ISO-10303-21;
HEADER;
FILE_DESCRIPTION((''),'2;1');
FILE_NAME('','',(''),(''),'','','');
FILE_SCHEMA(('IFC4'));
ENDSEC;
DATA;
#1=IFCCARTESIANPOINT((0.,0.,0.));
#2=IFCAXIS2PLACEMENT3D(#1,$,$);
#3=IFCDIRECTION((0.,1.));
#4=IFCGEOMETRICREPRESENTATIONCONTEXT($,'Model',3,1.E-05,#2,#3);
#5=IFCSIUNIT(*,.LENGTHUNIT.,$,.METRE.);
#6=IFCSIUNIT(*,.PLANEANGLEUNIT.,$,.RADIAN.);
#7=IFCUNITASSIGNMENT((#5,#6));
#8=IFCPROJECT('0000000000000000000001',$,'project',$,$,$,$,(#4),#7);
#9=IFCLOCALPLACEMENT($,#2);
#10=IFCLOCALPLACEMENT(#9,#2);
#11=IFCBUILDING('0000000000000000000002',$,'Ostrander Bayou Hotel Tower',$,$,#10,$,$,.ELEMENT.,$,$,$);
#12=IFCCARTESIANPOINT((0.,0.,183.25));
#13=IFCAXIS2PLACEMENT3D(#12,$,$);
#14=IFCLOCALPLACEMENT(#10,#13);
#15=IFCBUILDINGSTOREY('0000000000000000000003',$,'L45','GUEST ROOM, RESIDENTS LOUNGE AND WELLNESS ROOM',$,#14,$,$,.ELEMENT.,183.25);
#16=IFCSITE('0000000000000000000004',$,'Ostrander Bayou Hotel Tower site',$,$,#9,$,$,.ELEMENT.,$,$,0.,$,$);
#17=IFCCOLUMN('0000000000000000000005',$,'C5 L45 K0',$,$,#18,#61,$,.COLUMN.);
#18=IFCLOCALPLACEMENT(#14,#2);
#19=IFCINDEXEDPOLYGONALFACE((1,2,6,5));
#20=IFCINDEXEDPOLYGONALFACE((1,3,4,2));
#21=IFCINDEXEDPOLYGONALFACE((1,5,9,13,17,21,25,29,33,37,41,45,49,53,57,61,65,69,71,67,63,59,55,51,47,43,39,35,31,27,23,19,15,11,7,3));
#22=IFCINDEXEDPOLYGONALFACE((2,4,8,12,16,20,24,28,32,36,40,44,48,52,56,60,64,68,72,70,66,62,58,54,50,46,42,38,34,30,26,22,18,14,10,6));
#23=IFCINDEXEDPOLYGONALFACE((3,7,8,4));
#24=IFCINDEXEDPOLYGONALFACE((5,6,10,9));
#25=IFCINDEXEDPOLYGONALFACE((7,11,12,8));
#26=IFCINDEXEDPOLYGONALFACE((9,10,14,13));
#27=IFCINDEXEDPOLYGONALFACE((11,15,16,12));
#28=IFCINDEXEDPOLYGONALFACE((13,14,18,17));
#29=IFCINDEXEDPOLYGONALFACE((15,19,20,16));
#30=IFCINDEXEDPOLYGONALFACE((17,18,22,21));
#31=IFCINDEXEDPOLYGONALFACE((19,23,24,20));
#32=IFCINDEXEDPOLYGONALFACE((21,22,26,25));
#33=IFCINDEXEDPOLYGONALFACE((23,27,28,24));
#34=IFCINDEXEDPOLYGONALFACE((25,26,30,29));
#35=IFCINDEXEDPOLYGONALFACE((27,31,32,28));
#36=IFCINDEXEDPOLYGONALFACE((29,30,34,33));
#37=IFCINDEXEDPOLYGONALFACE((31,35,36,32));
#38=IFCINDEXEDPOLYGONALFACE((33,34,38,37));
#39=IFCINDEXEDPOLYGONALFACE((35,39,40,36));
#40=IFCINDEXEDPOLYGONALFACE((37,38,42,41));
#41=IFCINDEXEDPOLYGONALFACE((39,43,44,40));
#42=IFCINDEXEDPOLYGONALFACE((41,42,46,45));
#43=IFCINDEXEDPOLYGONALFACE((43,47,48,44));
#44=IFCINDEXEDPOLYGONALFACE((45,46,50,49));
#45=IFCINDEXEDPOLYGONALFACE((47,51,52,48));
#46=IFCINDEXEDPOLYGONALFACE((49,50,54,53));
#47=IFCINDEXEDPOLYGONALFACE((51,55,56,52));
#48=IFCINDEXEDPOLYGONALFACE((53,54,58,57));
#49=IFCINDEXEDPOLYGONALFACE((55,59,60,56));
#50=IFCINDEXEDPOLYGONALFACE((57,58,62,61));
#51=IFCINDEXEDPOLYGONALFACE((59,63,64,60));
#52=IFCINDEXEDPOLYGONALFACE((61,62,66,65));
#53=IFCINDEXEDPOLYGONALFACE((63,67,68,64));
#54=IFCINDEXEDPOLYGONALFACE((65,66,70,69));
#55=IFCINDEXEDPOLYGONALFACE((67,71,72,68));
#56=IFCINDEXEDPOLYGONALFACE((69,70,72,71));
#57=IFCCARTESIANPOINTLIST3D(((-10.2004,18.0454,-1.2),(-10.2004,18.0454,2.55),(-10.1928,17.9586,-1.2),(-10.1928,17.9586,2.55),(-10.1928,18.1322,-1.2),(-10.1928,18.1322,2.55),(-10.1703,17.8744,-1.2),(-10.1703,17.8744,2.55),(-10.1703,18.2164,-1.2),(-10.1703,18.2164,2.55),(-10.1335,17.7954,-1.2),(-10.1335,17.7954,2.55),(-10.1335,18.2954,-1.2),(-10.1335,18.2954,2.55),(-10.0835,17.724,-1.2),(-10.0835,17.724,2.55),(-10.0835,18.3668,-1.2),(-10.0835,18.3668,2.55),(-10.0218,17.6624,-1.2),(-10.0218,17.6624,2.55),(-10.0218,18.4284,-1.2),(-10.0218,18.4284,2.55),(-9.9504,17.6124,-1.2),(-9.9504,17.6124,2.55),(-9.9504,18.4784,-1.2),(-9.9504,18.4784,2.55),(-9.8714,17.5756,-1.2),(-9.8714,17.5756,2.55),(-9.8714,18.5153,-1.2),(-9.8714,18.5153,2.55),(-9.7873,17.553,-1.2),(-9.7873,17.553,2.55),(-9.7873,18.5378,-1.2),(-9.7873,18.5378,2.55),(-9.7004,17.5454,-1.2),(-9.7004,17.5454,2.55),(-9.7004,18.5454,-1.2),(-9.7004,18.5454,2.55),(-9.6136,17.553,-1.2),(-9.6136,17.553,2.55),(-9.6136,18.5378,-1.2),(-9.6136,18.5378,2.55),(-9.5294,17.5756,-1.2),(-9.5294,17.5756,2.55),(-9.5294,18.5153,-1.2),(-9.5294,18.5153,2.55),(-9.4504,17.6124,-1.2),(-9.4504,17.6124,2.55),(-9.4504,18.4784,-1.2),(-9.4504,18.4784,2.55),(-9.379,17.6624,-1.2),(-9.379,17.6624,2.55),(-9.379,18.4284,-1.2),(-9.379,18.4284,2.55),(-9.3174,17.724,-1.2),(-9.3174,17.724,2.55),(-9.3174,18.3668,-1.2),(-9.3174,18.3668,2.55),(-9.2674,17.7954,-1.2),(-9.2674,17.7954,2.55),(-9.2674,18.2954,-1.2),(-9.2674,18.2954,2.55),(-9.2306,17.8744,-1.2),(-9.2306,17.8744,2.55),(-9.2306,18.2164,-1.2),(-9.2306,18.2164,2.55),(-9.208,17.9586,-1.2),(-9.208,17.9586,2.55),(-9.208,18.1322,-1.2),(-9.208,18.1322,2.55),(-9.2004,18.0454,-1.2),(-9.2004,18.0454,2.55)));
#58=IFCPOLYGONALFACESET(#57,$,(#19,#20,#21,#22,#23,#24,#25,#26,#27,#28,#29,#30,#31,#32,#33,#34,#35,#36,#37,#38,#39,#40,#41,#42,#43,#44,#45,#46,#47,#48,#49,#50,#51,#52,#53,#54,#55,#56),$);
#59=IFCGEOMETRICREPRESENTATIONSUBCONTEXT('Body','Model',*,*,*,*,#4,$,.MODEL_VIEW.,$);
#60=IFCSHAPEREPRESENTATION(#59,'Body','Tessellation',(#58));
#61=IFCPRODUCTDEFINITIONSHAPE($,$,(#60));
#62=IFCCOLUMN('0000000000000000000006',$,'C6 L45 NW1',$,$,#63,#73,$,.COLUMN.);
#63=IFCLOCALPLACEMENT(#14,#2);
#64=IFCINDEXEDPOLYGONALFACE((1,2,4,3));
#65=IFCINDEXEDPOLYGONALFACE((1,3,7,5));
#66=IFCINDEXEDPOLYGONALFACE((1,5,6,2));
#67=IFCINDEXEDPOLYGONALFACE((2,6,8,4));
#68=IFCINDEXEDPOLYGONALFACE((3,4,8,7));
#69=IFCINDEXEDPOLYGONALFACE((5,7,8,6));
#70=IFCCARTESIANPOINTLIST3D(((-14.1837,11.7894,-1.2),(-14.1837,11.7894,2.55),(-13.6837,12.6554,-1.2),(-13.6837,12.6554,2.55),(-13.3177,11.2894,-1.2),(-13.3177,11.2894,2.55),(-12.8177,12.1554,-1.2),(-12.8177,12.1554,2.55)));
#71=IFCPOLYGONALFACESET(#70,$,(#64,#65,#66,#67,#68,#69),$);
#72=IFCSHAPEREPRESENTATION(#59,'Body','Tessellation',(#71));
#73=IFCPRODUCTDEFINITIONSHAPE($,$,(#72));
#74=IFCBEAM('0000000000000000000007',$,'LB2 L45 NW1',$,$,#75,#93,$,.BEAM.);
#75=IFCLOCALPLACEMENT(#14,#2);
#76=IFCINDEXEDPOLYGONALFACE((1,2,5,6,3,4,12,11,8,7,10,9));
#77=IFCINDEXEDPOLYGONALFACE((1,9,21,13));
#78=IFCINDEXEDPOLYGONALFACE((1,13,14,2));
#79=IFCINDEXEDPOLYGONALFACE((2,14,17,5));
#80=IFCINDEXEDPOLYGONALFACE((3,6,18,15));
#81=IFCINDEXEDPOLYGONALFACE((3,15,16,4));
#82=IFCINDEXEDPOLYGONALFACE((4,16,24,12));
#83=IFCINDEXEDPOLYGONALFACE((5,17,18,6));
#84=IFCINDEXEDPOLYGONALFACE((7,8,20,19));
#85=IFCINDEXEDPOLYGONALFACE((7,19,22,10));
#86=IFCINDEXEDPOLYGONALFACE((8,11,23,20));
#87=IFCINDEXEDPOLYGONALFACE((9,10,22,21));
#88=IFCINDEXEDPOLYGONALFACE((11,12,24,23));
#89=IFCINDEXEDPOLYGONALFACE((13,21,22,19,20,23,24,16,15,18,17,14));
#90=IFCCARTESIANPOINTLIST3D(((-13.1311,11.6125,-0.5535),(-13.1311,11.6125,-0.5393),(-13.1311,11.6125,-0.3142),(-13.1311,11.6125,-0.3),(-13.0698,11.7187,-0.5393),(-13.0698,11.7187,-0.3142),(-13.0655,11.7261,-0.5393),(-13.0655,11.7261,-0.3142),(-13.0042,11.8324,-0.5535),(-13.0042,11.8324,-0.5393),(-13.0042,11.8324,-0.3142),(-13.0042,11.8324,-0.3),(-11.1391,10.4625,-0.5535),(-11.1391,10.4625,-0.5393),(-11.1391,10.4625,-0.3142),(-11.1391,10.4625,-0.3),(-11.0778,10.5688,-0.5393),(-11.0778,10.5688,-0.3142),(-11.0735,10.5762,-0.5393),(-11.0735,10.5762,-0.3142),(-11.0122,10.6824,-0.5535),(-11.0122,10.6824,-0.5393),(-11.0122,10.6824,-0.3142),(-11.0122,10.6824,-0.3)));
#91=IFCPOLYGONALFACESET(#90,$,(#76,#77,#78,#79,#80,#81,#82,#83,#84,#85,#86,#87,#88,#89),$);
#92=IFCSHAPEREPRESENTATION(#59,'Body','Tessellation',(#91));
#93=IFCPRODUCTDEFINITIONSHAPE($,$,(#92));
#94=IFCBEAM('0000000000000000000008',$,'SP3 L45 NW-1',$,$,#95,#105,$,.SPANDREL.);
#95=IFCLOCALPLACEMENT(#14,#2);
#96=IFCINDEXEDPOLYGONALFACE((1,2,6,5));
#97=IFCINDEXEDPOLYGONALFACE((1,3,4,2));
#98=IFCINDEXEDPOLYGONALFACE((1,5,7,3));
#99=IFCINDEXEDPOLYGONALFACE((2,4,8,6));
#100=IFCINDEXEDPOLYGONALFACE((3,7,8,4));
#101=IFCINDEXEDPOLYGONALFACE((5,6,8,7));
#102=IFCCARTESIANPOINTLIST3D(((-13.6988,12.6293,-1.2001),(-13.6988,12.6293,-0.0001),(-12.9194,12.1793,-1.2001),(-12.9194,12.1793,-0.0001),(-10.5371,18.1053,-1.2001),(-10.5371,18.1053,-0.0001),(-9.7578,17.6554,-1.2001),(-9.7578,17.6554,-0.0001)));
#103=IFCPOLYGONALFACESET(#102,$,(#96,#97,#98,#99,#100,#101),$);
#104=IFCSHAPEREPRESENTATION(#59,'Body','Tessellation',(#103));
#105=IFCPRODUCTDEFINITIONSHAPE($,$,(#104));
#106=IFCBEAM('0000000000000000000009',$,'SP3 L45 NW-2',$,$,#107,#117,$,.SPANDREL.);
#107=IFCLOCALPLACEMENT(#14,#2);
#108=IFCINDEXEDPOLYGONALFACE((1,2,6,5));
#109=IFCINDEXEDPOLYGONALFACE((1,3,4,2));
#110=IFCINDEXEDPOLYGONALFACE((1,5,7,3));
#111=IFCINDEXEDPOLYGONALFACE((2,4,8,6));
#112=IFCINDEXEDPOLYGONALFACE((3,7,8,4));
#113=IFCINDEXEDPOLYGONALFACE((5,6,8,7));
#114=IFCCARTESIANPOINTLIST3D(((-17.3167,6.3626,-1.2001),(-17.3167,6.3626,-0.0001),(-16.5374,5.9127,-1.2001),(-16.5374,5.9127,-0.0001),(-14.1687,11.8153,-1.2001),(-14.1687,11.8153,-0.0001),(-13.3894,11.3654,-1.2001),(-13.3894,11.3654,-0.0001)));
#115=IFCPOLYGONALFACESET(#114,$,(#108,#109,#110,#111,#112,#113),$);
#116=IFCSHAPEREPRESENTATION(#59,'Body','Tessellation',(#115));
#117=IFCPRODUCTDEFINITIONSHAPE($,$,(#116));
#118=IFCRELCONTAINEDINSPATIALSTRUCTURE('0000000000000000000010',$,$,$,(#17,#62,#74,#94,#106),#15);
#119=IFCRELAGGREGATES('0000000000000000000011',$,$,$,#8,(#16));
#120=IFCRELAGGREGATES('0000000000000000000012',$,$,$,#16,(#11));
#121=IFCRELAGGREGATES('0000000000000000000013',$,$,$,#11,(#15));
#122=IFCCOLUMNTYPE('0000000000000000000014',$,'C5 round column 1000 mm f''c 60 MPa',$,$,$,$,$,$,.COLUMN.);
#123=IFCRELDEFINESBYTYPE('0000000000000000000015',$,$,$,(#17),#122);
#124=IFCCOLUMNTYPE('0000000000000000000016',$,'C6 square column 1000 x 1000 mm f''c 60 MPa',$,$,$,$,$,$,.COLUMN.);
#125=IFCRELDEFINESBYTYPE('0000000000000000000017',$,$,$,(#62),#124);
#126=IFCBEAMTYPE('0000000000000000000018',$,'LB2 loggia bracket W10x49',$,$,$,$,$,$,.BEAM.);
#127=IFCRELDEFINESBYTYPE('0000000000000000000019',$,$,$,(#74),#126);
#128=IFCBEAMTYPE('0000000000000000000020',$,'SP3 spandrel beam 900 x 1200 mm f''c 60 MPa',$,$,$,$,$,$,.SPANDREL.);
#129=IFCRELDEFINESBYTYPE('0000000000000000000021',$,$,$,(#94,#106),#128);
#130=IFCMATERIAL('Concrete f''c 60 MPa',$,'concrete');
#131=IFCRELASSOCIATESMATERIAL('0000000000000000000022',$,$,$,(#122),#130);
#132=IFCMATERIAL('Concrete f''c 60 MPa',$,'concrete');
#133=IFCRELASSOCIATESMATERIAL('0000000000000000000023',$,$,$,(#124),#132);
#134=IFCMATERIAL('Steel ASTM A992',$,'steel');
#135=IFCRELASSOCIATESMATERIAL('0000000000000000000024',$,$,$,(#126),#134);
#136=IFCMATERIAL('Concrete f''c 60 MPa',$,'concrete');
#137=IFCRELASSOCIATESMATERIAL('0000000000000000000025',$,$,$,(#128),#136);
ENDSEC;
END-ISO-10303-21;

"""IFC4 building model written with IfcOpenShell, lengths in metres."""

from ifc_helpers import new_model, si_unit, direction, frame, origin, origin_2d, place, context, subcontext, project, spatial, rectangle, circle, i_section, extrude, material, material_profile, profile_set, type_object, element, save


model = new_model("IFC4")

# Units and contexts
model_context = context("Model", 3, precision=1e-05, world=origin(), true_north=direction((0.0, 1.0)))
body_context = subcontext(model_context, "Body", "Model", "MODEL_VIEW")
ifc_project = project(units=[si_unit("LENGTHUNIT", "METRE"), si_unit("PLANEANGLEUNIT", "RADIAN")], contexts=[model_context])

# Site, building, storey
site_placement = place(None, origin())
site = spatial("IfcSite", under=ifc_project, at=site_placement, Name="Ostrander Bayou Hotel Tower site", CompositionType="ELEMENT", RefElevation=0.0)
building_placement = place(site_placement, origin())
building = spatial("IfcBuilding", under=site, at=building_placement, Name="Ostrander Bayou Hotel Tower", CompositionType="ELEMENT")
storey_placement = place(building_placement, frame((0.0, 0.0, 183.25)))
storey = spatial("IfcBuildingStorey", under=building, at=storey_placement, Name="L45", Description="GUEST ROOM, RESIDENTS LOUNGE AND WELLNESS ROOM", CompositionType="ELEMENT", Elevation=183.25)

# Columns
ifc_material_1 = material(Name="Concrete f'c 60 MPa", Category="concrete")
ifc_material_profile_1 = material_profile(ifc_material_1, circle(Radius=0.5, at=origin_2d()))
ifc_profile_set_1 = profile_set([ifc_material_profile_1], Name="Concrete f'c 60 MPa")
column_type_1 = type_object("IfcColumnType", Name="C5 round column 1000 mm f'c 60 MPa", PredefinedType="COLUMN", material=ifc_profile_set_1)
column_1_placement = place(storey_placement, frame((-9.7004, 18.0454, -1.2), z_axis=(0.0, 0.0, 1.0), x_axis=(1.0, 0.0, 0.0)))
element("IfcColumn", 1, at=column_1_placement, inside=storey, type_object=column_type_1, Name="C5 L45 K0", PredefinedType="COLUMN", context=body_context, shape_type="SweptSolid", body=[
    extrude(circle(Radius=0.5, at=origin_2d()), origin(), (0.0, 0.0, 1.0), 3.75),
])
ifc_material_2 = material(Name="Concrete f'c 60 MPa", Category="concrete")
ifc_material_profile_2 = material_profile(ifc_material_2, rectangle(XDim=1.0, YDim=1.0, at=origin_2d()))
ifc_profile_set_2 = profile_set([ifc_material_profile_2], Name="Concrete f'c 60 MPa")
column_type_2 = type_object("IfcColumnType", Name="C6 square column 1000 x 1000 mm f'c 60 MPa", PredefinedType="COLUMN", material=ifc_profile_set_2)
column_2_placement = place(storey_placement, frame((-13.5007, 11.9724, -1.2), z_axis=(0.0, 0.0, 1.0), x_axis=(0.5, 0.866025, 0.0)))
element("IfcColumn", 2, at=column_2_placement, inside=storey, type_object=column_type_2, Name="C6 L45 NW1", PredefinedType="COLUMN", context=body_context, shape_type="SweptSolid", body=[
    extrude(rectangle(XDim=1.0, YDim=1.0, at=origin_2d()), origin(), (0.0, 0.0, 1.0), 3.75),
])

# Beams
ifc_material_3 = material(Name="Steel ASTM A992", Category="steel")
ifc_material_profile_3 = material_profile(ifc_material_3, i_section(OverallWidth=0.2539, OverallDepth=0.2534, WebThickness=0.0085, FlangeThickness=0.0142, at=origin_2d()))
ifc_profile_set_3 = profile_set([ifc_material_profile_3], Name="Steel ASTM A992")
beam_type_1 = type_object("IfcBeamType", Name="LB2 loggia bracket W10x49", PredefinedType="BEAM", material=ifc_profile_set_3)
beam_1_placement = place(storey_placement, frame((-13.0676, 11.7224, -0.4268), z_axis=(0.866053, -0.499952, 0.0), x_axis=(0.499952, 0.866053, 0.0)))
element("IfcBeam", 3, at=beam_1_placement, inside=storey, type_object=beam_type_1, Name="LB2 L45 NW1", PredefinedType="BEAM", context=body_context, shape_type="SweptSolid", body=[
    extrude(i_section(OverallWidth=0.2539, OverallDepth=0.2534, WebThickness=0.0085, FlangeThickness=0.0142, at=origin_2d()), origin(), (0.0, 0.0, 1.0), 2.3),
])
ifc_material_4 = material(Name="Concrete f'c 60 MPa", Category="concrete")
ifc_material_profile_4 = material_profile(ifc_material_4, rectangle(XDim=0.8999, YDim=1.2, at=origin_2d()))
ifc_profile_set_4 = profile_set([ifc_material_profile_4], Name="Concrete f'c 60 MPa")
beam_type_2 = type_object("IfcBeamType", Name="SP3 spandrel beam 900 x 1200 mm f'c 60 MPa", PredefinedType="SPANDREL", material=ifc_profile_set_4)
beam_2_placement = place(storey_placement, frame((-10.1475, 17.8804, -0.6001), z_axis=(-0.500001, -0.866025, 0.0), x_axis=(0.866025, -0.500001, 0.0)))
element("IfcBeam", 4, at=beam_2_placement, inside=storey, type_object=beam_type_2, Name="SP3 L45 NW-1", PredefinedType="SPANDREL", context=body_context, shape_type="SweptSolid", body=[
    extrude(rectangle(XDim=0.8999, YDim=1.2, at=origin_2d()), origin(), (0.0, 0.0, 1.0), 6.3232),
])
beam_3_placement = place(storey_placement, frame((-13.7791, 11.5903, -0.6001), z_axis=(-0.499984, -0.866034, 0.0), x_axis=(0.866034, -0.499984, 0.0)))
element("IfcBeam", 5, at=beam_3_placement, inside=storey, type_object=beam_type_2, Name="SP3 L45 NW-2", PredefinedType="SPANDREL", context=body_context, shape_type="SweptSolid", body=[
    extrude(rectangle(XDim=0.8999, YDim=1.2, at=origin_2d()), origin(), (0.0, 0.0, 1.0), 6.2961),
])

save(model, "model.ifc")
